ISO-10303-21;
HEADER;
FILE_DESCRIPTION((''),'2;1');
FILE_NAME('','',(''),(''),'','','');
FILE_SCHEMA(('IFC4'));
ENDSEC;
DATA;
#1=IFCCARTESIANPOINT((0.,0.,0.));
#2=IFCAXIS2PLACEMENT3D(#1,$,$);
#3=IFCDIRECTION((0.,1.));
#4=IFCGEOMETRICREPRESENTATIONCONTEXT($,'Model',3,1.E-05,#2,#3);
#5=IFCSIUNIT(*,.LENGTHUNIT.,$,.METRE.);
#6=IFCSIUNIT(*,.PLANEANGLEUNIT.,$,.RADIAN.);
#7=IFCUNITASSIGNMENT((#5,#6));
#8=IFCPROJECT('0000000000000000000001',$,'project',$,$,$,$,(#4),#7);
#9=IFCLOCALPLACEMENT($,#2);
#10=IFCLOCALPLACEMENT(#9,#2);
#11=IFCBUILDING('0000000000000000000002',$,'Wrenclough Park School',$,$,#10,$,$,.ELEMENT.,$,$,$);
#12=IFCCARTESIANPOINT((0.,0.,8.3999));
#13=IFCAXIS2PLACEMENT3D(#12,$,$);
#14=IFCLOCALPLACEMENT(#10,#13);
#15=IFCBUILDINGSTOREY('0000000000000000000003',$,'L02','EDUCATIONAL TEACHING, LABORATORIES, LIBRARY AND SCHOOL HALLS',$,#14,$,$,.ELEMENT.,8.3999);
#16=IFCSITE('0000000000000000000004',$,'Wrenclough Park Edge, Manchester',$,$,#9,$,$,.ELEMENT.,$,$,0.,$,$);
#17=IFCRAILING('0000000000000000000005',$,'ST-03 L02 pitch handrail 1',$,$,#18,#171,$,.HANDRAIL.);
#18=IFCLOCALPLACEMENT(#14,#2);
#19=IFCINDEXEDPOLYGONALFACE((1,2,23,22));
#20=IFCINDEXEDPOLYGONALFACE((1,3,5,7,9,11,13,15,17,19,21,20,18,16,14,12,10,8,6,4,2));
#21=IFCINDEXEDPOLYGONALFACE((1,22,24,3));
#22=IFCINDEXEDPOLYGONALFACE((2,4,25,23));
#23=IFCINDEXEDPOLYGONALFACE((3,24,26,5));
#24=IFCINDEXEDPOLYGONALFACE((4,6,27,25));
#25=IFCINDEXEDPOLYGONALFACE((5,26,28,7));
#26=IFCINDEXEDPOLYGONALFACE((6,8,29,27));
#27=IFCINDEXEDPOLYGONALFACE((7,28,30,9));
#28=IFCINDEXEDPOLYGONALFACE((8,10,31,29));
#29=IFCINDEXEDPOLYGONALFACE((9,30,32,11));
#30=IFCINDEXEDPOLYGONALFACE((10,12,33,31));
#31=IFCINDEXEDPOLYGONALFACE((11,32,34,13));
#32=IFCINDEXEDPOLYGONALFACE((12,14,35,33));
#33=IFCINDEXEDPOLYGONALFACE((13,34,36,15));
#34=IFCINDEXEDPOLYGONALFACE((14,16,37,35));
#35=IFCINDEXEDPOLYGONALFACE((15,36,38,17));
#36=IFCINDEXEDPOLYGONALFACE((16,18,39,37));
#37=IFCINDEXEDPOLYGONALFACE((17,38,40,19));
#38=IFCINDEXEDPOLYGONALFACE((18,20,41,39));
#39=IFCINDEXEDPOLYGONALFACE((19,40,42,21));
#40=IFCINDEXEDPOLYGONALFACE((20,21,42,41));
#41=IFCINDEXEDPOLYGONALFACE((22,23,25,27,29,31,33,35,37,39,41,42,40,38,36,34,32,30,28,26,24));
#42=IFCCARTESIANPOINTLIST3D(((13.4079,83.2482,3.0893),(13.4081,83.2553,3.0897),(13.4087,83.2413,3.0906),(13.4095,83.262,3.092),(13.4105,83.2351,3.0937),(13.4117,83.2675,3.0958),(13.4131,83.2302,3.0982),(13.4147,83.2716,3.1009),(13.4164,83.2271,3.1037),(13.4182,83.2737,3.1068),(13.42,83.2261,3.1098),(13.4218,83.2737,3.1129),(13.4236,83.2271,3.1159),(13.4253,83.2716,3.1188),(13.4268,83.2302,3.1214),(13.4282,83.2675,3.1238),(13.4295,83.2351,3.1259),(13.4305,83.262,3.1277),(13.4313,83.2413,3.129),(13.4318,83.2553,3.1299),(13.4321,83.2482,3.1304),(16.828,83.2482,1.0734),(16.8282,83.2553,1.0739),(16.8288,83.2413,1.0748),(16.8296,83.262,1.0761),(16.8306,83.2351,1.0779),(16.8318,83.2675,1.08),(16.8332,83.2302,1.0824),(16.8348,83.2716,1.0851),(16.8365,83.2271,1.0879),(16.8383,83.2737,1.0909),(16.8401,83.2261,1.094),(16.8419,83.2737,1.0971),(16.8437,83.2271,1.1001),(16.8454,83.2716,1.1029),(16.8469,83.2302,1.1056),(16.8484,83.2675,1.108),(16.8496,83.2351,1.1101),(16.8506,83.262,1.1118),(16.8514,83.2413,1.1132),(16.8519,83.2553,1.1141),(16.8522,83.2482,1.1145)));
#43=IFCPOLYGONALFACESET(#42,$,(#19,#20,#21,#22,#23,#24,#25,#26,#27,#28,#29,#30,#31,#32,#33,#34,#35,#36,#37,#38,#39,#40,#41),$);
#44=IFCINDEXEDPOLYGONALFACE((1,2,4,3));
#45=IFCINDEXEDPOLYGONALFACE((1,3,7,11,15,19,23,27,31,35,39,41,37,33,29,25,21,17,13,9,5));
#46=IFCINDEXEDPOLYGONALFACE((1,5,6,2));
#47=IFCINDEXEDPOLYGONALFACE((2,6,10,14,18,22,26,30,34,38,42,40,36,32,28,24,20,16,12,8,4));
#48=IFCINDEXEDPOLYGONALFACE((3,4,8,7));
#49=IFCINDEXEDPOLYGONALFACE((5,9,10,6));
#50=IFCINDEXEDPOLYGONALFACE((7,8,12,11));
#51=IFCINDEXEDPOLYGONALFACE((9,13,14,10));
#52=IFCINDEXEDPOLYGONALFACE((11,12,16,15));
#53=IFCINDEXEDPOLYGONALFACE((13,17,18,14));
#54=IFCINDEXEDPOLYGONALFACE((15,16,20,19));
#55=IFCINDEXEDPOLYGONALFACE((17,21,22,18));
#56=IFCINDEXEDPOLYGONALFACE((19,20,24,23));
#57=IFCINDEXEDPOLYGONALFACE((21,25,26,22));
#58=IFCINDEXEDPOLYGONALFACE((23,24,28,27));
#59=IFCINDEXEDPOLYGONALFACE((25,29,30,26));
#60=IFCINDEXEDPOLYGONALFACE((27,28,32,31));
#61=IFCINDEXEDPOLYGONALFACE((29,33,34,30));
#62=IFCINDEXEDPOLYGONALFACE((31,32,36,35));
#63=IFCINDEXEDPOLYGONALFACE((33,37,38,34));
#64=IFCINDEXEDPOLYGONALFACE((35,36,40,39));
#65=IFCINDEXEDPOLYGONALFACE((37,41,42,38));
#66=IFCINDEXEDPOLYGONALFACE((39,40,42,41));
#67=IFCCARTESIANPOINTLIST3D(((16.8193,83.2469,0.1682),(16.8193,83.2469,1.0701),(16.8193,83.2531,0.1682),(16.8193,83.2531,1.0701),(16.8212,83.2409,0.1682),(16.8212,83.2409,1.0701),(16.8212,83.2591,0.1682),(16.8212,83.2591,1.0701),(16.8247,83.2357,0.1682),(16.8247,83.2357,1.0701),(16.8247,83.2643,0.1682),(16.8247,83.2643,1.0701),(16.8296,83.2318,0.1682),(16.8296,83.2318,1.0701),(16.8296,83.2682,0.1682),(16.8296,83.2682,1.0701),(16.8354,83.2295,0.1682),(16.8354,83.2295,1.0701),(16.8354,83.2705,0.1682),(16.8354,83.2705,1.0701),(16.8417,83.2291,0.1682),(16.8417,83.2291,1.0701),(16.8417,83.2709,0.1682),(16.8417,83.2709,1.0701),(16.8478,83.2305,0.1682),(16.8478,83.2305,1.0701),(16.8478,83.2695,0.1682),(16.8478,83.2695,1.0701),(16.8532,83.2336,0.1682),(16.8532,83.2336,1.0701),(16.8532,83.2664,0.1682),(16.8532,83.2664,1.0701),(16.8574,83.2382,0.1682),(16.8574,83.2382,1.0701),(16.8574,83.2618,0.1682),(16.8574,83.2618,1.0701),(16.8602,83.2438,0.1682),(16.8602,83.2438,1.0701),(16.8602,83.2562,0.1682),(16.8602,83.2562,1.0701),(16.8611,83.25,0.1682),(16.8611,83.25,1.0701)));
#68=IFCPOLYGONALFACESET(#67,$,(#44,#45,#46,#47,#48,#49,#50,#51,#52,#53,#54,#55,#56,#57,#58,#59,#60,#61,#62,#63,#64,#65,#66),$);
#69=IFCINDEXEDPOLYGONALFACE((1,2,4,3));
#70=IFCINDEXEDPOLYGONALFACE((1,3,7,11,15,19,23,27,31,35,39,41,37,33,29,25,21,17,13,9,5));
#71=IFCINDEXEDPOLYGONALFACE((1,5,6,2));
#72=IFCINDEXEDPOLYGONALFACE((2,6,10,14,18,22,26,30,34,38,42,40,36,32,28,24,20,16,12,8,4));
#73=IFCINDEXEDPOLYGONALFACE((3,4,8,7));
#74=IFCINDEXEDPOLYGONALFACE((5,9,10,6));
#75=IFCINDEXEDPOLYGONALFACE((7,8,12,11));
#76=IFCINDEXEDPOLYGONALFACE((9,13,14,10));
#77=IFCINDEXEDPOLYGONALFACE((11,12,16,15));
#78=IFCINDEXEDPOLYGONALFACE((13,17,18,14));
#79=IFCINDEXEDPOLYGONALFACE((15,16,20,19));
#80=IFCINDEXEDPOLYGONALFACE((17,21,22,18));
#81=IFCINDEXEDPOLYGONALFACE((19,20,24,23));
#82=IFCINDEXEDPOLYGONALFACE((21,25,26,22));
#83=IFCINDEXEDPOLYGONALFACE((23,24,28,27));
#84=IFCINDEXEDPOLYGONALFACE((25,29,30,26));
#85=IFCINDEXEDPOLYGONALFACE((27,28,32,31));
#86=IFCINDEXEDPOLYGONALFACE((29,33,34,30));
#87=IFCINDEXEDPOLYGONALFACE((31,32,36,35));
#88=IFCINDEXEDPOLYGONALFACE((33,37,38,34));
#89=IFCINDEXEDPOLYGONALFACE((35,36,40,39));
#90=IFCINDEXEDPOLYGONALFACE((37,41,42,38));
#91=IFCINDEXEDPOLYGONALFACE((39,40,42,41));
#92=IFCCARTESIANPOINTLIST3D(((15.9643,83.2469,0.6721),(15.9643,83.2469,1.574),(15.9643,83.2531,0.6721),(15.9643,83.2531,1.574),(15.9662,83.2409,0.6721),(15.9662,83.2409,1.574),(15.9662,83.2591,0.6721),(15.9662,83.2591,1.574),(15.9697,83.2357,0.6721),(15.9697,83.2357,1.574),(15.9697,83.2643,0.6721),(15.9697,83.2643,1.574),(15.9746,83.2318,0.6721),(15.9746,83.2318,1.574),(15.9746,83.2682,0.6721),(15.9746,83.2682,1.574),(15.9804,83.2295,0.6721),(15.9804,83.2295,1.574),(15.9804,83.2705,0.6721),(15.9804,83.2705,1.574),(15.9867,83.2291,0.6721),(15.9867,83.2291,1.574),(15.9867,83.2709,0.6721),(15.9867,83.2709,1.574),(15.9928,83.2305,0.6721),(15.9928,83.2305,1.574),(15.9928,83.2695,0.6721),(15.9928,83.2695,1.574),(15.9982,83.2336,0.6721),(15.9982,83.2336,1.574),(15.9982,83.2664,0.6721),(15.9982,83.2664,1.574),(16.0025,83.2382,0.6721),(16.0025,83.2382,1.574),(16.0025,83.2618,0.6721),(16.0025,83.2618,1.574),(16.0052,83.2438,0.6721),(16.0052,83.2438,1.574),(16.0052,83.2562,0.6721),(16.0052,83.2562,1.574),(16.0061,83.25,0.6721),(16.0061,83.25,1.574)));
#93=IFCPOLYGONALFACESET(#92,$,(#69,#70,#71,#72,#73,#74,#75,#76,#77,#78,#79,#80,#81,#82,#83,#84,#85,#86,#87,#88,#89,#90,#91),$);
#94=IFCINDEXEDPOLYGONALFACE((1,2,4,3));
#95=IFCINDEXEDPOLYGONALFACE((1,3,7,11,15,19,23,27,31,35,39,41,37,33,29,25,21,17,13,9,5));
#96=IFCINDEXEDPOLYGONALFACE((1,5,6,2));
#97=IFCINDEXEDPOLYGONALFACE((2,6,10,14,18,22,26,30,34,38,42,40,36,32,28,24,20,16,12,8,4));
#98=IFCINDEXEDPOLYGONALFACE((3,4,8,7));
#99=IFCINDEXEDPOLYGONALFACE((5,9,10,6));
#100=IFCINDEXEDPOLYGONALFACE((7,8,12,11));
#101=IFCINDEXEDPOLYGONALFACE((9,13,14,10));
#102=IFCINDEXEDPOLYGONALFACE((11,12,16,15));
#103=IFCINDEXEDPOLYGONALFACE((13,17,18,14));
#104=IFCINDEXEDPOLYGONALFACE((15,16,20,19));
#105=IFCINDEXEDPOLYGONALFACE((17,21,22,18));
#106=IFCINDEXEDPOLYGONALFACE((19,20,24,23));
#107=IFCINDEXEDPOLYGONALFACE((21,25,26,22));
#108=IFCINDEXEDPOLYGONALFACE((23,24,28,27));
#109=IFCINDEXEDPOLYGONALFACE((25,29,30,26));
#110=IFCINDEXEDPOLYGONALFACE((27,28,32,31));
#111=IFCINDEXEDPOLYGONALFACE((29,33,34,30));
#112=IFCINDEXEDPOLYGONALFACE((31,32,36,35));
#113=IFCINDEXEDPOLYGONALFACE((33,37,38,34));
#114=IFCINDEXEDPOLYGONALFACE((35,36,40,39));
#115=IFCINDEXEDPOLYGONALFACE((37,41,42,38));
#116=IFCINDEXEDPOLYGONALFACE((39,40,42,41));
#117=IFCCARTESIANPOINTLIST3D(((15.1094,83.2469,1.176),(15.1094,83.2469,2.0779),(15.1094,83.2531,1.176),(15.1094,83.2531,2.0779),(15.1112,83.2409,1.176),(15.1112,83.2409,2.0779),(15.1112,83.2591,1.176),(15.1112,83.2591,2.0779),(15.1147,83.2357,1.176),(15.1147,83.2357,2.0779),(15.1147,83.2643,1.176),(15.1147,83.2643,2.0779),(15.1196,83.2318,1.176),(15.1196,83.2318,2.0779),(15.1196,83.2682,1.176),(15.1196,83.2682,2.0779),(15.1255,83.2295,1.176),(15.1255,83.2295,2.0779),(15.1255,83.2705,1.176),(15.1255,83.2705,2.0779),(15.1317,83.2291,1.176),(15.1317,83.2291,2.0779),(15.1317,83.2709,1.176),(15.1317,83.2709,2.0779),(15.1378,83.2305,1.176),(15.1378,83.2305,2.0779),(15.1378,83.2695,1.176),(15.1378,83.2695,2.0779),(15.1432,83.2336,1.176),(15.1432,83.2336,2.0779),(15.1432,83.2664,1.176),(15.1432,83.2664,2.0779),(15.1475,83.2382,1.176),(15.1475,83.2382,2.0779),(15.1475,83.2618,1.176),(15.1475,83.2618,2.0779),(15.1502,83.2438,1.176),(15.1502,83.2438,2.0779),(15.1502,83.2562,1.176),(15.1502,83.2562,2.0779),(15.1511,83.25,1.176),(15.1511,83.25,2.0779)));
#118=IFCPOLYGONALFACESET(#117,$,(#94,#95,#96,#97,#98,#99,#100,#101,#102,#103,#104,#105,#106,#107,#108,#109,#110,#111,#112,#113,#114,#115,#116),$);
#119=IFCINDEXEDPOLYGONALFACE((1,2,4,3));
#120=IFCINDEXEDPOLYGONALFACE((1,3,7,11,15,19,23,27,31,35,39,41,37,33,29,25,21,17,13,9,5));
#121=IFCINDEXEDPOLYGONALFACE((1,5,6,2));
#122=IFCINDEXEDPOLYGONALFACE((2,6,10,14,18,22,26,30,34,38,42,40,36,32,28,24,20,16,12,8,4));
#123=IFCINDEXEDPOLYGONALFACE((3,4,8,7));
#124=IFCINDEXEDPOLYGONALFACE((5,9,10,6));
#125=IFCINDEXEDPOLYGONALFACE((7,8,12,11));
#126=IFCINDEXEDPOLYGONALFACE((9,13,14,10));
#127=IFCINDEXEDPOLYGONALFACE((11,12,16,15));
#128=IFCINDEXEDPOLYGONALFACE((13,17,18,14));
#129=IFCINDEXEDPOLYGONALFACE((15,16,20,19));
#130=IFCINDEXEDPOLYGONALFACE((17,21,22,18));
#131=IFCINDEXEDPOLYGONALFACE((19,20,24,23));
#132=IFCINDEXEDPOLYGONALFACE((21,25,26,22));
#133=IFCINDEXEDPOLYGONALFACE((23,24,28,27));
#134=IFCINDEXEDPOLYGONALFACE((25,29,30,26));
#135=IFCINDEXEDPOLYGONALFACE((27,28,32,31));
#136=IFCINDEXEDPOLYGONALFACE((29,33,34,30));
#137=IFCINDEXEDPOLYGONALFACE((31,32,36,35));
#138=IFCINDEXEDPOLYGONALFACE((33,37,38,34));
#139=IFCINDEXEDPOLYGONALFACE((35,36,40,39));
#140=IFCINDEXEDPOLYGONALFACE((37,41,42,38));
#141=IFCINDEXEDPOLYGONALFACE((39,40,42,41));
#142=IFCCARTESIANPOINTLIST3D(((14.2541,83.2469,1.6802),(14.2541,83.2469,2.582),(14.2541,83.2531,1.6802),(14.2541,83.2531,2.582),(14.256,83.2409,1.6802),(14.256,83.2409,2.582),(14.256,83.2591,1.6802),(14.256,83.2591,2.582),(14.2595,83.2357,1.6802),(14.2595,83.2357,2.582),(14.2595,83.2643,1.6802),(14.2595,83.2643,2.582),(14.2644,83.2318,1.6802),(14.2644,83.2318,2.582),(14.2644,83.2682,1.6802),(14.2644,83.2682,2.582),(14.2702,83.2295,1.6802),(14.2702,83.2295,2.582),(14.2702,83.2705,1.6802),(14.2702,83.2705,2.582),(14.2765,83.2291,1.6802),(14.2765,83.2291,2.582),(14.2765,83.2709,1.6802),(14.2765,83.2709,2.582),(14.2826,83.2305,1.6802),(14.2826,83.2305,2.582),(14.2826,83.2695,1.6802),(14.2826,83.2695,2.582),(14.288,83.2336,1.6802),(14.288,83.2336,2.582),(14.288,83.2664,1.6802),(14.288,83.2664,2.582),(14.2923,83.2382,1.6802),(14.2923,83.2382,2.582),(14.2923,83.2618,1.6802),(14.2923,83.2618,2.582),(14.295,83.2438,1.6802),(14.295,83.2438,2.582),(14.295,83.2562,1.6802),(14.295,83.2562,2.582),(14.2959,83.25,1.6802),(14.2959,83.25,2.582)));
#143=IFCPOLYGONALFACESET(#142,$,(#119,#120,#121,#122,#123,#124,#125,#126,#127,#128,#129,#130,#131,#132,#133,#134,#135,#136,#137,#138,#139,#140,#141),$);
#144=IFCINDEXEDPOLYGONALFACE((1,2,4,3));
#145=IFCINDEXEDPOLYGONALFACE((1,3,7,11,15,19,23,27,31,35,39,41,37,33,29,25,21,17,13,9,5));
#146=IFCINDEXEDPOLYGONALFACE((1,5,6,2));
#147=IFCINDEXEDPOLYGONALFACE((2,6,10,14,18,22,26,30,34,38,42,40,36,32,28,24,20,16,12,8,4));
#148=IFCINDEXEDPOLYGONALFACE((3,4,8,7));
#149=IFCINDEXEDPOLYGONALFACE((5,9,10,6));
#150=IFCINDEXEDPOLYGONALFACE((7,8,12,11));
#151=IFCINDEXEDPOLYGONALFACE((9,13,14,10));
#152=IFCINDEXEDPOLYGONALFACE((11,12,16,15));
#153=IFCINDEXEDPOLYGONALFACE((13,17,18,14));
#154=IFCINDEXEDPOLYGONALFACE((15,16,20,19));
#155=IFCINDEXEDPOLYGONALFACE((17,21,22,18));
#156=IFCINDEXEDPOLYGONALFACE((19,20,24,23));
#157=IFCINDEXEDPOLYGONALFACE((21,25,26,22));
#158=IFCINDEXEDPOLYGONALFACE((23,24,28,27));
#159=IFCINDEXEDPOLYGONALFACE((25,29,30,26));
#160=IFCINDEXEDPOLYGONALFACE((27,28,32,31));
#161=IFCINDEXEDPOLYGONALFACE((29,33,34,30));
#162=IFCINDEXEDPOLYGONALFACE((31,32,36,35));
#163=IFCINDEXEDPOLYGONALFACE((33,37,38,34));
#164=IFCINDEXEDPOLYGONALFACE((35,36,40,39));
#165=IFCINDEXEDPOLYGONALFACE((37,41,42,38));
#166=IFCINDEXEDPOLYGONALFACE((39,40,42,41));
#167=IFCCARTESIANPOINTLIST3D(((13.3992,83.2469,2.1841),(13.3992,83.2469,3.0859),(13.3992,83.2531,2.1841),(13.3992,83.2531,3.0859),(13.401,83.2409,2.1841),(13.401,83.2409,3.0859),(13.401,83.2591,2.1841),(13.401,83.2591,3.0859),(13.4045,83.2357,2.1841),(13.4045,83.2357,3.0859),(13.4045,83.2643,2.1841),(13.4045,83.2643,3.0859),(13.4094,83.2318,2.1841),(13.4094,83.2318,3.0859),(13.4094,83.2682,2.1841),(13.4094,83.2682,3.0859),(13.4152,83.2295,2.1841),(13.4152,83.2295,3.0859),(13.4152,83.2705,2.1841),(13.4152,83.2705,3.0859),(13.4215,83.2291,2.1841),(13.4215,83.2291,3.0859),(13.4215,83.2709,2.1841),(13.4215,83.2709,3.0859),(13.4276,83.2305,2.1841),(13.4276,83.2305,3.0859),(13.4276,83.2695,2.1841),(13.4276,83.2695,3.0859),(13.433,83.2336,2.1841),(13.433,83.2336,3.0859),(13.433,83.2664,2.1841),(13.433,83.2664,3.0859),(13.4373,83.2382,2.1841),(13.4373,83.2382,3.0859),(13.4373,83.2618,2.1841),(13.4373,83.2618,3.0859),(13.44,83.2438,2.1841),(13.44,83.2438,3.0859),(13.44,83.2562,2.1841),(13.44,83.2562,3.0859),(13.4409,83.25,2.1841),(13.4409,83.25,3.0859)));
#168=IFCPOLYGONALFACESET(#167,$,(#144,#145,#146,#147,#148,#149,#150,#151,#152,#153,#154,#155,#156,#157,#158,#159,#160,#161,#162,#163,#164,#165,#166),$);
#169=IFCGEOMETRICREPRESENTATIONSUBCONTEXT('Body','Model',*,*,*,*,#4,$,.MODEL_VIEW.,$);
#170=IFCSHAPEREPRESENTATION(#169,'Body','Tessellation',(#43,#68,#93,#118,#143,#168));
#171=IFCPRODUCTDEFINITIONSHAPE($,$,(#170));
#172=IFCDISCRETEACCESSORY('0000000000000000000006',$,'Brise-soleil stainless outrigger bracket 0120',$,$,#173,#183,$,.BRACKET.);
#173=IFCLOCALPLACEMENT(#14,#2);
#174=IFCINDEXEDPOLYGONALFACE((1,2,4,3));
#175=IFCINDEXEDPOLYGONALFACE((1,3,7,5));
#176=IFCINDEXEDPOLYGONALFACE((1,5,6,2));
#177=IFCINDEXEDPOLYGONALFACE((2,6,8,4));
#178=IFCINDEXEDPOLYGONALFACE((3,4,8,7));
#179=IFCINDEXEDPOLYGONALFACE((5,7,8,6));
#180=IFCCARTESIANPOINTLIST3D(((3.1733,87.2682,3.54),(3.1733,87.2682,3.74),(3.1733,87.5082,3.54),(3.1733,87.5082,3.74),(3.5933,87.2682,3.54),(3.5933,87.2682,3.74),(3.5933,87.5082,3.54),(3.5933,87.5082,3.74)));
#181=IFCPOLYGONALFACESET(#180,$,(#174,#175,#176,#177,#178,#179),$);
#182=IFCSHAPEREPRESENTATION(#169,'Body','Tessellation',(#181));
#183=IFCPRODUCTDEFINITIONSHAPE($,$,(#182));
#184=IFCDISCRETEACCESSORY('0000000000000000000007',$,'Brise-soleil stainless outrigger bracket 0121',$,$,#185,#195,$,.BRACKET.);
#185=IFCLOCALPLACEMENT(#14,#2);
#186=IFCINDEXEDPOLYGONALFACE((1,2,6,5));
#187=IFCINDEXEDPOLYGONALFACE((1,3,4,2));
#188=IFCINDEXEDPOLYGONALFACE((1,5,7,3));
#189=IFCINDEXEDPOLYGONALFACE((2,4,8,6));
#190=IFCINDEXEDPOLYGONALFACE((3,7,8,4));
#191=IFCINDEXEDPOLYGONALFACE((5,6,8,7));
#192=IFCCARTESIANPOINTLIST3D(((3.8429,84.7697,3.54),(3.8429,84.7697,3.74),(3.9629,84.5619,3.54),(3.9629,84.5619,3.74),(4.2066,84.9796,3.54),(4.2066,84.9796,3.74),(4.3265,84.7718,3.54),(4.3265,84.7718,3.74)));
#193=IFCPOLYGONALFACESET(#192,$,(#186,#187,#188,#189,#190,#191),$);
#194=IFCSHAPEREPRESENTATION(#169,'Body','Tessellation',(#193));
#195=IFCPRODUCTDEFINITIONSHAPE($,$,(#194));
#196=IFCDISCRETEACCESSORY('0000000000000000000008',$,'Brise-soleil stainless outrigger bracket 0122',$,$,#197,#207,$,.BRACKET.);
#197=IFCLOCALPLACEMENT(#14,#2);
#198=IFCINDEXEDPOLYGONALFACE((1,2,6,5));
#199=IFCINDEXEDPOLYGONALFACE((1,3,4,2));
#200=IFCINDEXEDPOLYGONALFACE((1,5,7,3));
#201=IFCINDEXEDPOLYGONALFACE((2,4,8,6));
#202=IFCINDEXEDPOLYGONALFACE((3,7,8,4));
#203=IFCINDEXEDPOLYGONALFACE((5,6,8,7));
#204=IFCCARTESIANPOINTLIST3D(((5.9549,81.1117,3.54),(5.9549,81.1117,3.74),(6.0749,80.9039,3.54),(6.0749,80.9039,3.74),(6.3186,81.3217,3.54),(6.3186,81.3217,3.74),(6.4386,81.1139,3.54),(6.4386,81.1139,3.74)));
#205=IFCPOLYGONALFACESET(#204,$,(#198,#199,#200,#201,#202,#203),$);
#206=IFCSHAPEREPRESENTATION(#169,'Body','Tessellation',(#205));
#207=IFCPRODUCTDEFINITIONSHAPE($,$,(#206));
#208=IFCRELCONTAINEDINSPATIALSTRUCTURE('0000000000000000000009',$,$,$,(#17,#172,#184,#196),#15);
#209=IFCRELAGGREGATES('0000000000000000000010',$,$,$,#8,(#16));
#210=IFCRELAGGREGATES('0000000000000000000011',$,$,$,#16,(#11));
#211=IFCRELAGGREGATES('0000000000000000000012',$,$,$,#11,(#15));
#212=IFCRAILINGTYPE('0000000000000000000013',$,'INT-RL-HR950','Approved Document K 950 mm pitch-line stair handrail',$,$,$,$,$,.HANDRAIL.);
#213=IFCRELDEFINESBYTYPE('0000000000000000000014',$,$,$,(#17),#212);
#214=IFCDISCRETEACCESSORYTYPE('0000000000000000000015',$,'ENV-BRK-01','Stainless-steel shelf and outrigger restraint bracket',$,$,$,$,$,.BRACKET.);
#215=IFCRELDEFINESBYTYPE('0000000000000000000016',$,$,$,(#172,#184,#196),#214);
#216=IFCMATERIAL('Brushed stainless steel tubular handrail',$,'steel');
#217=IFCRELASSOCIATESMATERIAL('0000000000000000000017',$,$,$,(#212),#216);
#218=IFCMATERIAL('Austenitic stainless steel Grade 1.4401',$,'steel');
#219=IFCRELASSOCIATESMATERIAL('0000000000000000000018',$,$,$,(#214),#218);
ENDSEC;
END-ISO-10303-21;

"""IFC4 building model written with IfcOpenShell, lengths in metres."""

from ifc_helpers import new_model, si_unit, direction, frame, origin, origin_2d, place, context, subcontext, project, spatial, rectangle, circle, extrude, material, type_object, element, save


model = new_model("IFC4")

# Units and contexts
model_context = context("Model", 3, precision=1e-05, world=origin(), true_north=direction((0.0, 1.0)))
body_context = subcontext(model_context, "Body", "Model", "MODEL_VIEW")
ifc_project = project(units=[si_unit("LENGTHUNIT", "METRE"), si_unit("PLANEANGLEUNIT", "RADIAN")], contexts=[model_context])

# Site, building, storey
site_placement = place(None, origin())
site = spatial("IfcSite", under=ifc_project, at=site_placement, Name="Wrenclough Park Edge, Manchester", CompositionType="ELEMENT", RefElevation=0.0)
building_placement = place(site_placement, origin())
building = spatial("IfcBuilding", under=site, at=building_placement, Name="Wrenclough Park School", CompositionType="ELEMENT")
storey_placement = place(building_placement, frame((0.0, 0.0, 8.3999)))
storey = spatial("IfcBuildingStorey", under=building, at=storey_placement, Name="L02", Description="EDUCATIONAL TEACHING, LABORATORIES, LIBRARY AND SCHOOL HALLS", CompositionType="ELEMENT", Elevation=8.3999)

# Railing
ifc_material_1 = material(Name="Brushed stainless steel tubular handrail", Category="steel")
railing_type_1 = type_object("IfcRailingType", Name="INT-RL-HR950", Description="Approved Document K 950 mm pitch-line stair handrail", PredefinedType="HANDRAIL", material=ifc_material_1)
railing_1_placement = place(storey_placement, frame((16.8401, 83.25, 0.1682)))
element("IfcRailing", 1, at=railing_1_placement, inside=storey, type_object=railing_type_1, Name="ST-03 L02 pitch handrail 1", PredefinedType="HANDRAIL", context=body_context, shape_type="SweptSolid", body=[
    extrude(circle(Radius=0.0239, at=origin_2d()), frame((0.0, 0.0, 0.9258), z_axis=(-0.861493, 0.0, 0.50777), x_axis=(0.0, -1.0, 0.0)), (0.0, 0.0, 1.0), 3.97),
    extrude(circle(Radius=0.021, at=origin_2d()), origin(), (0.0, 0.0, 1.0), 0.9019),
    extrude(circle(Radius=0.021, at=origin_2d()), frame((-0.855, 0.0, 0.5039)), (0.0, 0.0, 1.0), 0.9019),
    extrude(circle(Radius=0.021, at=origin_2d()), frame((-1.71, 0.0, 1.0078)), (0.0, 0.0, 1.0), 0.9019),
    extrude(circle(Radius=0.021, at=origin_2d()), frame((-2.5652, 0.0, 1.512)), (0.0, 0.0, 1.0), 0.9019),
    extrude(circle(Radius=0.021, at=origin_2d()), frame((-3.4202, 0.0, 2.0159)), (0.0, 0.0, 1.0), 0.9019),
])

# Discrete accessories
ifc_material_2 = material(Name="Austenitic stainless steel Grade 1.4401", Category="steel")
discrete_accessory_type = type_object("IfcDiscreteAccessoryType", Name="ENV-BRK-01", Description="Stainless-steel shelf and outrigger restraint bracket", PredefinedType="BRACKET", material=ifc_material_2)
for number, where, z_axis, x_axis, name in (
    (2, (3.3833, 87.3882, 3.54), (0.0, 0.0, 1.0), (0.0, -1.0, 0.0), "Brise-soleil stainless outrigger bracket 0120"),
    (3, (4.0847, 84.7708, 3.54), (0.0, 0.0, 1.0), (0.499991, -0.866031, 0.0), "Brise-soleil stainless outrigger bracket 0121"),
    (4, (6.1968, 81.1128, 3.54), (0.0, 0.0, 1.0), (0.499991, -0.866031, 0.0), "Brise-soleil stainless outrigger bracket 0122"),
):
    element("IfcDiscreteAccessory", number, at=place(storey_placement, frame(where, z_axis=z_axis, x_axis=x_axis)), inside=storey, type_object=discrete_accessory_type, Name=name, PredefinedType="BRACKET", context=body_context, shape_type="SweptSolid", body=[
        extrude(rectangle(XDim=0.24, YDim=0.4199, at=origin_2d()), origin(), (0.0, 0.0, 1.0), 0.2),
    ])

save(model, "model.ifc")
